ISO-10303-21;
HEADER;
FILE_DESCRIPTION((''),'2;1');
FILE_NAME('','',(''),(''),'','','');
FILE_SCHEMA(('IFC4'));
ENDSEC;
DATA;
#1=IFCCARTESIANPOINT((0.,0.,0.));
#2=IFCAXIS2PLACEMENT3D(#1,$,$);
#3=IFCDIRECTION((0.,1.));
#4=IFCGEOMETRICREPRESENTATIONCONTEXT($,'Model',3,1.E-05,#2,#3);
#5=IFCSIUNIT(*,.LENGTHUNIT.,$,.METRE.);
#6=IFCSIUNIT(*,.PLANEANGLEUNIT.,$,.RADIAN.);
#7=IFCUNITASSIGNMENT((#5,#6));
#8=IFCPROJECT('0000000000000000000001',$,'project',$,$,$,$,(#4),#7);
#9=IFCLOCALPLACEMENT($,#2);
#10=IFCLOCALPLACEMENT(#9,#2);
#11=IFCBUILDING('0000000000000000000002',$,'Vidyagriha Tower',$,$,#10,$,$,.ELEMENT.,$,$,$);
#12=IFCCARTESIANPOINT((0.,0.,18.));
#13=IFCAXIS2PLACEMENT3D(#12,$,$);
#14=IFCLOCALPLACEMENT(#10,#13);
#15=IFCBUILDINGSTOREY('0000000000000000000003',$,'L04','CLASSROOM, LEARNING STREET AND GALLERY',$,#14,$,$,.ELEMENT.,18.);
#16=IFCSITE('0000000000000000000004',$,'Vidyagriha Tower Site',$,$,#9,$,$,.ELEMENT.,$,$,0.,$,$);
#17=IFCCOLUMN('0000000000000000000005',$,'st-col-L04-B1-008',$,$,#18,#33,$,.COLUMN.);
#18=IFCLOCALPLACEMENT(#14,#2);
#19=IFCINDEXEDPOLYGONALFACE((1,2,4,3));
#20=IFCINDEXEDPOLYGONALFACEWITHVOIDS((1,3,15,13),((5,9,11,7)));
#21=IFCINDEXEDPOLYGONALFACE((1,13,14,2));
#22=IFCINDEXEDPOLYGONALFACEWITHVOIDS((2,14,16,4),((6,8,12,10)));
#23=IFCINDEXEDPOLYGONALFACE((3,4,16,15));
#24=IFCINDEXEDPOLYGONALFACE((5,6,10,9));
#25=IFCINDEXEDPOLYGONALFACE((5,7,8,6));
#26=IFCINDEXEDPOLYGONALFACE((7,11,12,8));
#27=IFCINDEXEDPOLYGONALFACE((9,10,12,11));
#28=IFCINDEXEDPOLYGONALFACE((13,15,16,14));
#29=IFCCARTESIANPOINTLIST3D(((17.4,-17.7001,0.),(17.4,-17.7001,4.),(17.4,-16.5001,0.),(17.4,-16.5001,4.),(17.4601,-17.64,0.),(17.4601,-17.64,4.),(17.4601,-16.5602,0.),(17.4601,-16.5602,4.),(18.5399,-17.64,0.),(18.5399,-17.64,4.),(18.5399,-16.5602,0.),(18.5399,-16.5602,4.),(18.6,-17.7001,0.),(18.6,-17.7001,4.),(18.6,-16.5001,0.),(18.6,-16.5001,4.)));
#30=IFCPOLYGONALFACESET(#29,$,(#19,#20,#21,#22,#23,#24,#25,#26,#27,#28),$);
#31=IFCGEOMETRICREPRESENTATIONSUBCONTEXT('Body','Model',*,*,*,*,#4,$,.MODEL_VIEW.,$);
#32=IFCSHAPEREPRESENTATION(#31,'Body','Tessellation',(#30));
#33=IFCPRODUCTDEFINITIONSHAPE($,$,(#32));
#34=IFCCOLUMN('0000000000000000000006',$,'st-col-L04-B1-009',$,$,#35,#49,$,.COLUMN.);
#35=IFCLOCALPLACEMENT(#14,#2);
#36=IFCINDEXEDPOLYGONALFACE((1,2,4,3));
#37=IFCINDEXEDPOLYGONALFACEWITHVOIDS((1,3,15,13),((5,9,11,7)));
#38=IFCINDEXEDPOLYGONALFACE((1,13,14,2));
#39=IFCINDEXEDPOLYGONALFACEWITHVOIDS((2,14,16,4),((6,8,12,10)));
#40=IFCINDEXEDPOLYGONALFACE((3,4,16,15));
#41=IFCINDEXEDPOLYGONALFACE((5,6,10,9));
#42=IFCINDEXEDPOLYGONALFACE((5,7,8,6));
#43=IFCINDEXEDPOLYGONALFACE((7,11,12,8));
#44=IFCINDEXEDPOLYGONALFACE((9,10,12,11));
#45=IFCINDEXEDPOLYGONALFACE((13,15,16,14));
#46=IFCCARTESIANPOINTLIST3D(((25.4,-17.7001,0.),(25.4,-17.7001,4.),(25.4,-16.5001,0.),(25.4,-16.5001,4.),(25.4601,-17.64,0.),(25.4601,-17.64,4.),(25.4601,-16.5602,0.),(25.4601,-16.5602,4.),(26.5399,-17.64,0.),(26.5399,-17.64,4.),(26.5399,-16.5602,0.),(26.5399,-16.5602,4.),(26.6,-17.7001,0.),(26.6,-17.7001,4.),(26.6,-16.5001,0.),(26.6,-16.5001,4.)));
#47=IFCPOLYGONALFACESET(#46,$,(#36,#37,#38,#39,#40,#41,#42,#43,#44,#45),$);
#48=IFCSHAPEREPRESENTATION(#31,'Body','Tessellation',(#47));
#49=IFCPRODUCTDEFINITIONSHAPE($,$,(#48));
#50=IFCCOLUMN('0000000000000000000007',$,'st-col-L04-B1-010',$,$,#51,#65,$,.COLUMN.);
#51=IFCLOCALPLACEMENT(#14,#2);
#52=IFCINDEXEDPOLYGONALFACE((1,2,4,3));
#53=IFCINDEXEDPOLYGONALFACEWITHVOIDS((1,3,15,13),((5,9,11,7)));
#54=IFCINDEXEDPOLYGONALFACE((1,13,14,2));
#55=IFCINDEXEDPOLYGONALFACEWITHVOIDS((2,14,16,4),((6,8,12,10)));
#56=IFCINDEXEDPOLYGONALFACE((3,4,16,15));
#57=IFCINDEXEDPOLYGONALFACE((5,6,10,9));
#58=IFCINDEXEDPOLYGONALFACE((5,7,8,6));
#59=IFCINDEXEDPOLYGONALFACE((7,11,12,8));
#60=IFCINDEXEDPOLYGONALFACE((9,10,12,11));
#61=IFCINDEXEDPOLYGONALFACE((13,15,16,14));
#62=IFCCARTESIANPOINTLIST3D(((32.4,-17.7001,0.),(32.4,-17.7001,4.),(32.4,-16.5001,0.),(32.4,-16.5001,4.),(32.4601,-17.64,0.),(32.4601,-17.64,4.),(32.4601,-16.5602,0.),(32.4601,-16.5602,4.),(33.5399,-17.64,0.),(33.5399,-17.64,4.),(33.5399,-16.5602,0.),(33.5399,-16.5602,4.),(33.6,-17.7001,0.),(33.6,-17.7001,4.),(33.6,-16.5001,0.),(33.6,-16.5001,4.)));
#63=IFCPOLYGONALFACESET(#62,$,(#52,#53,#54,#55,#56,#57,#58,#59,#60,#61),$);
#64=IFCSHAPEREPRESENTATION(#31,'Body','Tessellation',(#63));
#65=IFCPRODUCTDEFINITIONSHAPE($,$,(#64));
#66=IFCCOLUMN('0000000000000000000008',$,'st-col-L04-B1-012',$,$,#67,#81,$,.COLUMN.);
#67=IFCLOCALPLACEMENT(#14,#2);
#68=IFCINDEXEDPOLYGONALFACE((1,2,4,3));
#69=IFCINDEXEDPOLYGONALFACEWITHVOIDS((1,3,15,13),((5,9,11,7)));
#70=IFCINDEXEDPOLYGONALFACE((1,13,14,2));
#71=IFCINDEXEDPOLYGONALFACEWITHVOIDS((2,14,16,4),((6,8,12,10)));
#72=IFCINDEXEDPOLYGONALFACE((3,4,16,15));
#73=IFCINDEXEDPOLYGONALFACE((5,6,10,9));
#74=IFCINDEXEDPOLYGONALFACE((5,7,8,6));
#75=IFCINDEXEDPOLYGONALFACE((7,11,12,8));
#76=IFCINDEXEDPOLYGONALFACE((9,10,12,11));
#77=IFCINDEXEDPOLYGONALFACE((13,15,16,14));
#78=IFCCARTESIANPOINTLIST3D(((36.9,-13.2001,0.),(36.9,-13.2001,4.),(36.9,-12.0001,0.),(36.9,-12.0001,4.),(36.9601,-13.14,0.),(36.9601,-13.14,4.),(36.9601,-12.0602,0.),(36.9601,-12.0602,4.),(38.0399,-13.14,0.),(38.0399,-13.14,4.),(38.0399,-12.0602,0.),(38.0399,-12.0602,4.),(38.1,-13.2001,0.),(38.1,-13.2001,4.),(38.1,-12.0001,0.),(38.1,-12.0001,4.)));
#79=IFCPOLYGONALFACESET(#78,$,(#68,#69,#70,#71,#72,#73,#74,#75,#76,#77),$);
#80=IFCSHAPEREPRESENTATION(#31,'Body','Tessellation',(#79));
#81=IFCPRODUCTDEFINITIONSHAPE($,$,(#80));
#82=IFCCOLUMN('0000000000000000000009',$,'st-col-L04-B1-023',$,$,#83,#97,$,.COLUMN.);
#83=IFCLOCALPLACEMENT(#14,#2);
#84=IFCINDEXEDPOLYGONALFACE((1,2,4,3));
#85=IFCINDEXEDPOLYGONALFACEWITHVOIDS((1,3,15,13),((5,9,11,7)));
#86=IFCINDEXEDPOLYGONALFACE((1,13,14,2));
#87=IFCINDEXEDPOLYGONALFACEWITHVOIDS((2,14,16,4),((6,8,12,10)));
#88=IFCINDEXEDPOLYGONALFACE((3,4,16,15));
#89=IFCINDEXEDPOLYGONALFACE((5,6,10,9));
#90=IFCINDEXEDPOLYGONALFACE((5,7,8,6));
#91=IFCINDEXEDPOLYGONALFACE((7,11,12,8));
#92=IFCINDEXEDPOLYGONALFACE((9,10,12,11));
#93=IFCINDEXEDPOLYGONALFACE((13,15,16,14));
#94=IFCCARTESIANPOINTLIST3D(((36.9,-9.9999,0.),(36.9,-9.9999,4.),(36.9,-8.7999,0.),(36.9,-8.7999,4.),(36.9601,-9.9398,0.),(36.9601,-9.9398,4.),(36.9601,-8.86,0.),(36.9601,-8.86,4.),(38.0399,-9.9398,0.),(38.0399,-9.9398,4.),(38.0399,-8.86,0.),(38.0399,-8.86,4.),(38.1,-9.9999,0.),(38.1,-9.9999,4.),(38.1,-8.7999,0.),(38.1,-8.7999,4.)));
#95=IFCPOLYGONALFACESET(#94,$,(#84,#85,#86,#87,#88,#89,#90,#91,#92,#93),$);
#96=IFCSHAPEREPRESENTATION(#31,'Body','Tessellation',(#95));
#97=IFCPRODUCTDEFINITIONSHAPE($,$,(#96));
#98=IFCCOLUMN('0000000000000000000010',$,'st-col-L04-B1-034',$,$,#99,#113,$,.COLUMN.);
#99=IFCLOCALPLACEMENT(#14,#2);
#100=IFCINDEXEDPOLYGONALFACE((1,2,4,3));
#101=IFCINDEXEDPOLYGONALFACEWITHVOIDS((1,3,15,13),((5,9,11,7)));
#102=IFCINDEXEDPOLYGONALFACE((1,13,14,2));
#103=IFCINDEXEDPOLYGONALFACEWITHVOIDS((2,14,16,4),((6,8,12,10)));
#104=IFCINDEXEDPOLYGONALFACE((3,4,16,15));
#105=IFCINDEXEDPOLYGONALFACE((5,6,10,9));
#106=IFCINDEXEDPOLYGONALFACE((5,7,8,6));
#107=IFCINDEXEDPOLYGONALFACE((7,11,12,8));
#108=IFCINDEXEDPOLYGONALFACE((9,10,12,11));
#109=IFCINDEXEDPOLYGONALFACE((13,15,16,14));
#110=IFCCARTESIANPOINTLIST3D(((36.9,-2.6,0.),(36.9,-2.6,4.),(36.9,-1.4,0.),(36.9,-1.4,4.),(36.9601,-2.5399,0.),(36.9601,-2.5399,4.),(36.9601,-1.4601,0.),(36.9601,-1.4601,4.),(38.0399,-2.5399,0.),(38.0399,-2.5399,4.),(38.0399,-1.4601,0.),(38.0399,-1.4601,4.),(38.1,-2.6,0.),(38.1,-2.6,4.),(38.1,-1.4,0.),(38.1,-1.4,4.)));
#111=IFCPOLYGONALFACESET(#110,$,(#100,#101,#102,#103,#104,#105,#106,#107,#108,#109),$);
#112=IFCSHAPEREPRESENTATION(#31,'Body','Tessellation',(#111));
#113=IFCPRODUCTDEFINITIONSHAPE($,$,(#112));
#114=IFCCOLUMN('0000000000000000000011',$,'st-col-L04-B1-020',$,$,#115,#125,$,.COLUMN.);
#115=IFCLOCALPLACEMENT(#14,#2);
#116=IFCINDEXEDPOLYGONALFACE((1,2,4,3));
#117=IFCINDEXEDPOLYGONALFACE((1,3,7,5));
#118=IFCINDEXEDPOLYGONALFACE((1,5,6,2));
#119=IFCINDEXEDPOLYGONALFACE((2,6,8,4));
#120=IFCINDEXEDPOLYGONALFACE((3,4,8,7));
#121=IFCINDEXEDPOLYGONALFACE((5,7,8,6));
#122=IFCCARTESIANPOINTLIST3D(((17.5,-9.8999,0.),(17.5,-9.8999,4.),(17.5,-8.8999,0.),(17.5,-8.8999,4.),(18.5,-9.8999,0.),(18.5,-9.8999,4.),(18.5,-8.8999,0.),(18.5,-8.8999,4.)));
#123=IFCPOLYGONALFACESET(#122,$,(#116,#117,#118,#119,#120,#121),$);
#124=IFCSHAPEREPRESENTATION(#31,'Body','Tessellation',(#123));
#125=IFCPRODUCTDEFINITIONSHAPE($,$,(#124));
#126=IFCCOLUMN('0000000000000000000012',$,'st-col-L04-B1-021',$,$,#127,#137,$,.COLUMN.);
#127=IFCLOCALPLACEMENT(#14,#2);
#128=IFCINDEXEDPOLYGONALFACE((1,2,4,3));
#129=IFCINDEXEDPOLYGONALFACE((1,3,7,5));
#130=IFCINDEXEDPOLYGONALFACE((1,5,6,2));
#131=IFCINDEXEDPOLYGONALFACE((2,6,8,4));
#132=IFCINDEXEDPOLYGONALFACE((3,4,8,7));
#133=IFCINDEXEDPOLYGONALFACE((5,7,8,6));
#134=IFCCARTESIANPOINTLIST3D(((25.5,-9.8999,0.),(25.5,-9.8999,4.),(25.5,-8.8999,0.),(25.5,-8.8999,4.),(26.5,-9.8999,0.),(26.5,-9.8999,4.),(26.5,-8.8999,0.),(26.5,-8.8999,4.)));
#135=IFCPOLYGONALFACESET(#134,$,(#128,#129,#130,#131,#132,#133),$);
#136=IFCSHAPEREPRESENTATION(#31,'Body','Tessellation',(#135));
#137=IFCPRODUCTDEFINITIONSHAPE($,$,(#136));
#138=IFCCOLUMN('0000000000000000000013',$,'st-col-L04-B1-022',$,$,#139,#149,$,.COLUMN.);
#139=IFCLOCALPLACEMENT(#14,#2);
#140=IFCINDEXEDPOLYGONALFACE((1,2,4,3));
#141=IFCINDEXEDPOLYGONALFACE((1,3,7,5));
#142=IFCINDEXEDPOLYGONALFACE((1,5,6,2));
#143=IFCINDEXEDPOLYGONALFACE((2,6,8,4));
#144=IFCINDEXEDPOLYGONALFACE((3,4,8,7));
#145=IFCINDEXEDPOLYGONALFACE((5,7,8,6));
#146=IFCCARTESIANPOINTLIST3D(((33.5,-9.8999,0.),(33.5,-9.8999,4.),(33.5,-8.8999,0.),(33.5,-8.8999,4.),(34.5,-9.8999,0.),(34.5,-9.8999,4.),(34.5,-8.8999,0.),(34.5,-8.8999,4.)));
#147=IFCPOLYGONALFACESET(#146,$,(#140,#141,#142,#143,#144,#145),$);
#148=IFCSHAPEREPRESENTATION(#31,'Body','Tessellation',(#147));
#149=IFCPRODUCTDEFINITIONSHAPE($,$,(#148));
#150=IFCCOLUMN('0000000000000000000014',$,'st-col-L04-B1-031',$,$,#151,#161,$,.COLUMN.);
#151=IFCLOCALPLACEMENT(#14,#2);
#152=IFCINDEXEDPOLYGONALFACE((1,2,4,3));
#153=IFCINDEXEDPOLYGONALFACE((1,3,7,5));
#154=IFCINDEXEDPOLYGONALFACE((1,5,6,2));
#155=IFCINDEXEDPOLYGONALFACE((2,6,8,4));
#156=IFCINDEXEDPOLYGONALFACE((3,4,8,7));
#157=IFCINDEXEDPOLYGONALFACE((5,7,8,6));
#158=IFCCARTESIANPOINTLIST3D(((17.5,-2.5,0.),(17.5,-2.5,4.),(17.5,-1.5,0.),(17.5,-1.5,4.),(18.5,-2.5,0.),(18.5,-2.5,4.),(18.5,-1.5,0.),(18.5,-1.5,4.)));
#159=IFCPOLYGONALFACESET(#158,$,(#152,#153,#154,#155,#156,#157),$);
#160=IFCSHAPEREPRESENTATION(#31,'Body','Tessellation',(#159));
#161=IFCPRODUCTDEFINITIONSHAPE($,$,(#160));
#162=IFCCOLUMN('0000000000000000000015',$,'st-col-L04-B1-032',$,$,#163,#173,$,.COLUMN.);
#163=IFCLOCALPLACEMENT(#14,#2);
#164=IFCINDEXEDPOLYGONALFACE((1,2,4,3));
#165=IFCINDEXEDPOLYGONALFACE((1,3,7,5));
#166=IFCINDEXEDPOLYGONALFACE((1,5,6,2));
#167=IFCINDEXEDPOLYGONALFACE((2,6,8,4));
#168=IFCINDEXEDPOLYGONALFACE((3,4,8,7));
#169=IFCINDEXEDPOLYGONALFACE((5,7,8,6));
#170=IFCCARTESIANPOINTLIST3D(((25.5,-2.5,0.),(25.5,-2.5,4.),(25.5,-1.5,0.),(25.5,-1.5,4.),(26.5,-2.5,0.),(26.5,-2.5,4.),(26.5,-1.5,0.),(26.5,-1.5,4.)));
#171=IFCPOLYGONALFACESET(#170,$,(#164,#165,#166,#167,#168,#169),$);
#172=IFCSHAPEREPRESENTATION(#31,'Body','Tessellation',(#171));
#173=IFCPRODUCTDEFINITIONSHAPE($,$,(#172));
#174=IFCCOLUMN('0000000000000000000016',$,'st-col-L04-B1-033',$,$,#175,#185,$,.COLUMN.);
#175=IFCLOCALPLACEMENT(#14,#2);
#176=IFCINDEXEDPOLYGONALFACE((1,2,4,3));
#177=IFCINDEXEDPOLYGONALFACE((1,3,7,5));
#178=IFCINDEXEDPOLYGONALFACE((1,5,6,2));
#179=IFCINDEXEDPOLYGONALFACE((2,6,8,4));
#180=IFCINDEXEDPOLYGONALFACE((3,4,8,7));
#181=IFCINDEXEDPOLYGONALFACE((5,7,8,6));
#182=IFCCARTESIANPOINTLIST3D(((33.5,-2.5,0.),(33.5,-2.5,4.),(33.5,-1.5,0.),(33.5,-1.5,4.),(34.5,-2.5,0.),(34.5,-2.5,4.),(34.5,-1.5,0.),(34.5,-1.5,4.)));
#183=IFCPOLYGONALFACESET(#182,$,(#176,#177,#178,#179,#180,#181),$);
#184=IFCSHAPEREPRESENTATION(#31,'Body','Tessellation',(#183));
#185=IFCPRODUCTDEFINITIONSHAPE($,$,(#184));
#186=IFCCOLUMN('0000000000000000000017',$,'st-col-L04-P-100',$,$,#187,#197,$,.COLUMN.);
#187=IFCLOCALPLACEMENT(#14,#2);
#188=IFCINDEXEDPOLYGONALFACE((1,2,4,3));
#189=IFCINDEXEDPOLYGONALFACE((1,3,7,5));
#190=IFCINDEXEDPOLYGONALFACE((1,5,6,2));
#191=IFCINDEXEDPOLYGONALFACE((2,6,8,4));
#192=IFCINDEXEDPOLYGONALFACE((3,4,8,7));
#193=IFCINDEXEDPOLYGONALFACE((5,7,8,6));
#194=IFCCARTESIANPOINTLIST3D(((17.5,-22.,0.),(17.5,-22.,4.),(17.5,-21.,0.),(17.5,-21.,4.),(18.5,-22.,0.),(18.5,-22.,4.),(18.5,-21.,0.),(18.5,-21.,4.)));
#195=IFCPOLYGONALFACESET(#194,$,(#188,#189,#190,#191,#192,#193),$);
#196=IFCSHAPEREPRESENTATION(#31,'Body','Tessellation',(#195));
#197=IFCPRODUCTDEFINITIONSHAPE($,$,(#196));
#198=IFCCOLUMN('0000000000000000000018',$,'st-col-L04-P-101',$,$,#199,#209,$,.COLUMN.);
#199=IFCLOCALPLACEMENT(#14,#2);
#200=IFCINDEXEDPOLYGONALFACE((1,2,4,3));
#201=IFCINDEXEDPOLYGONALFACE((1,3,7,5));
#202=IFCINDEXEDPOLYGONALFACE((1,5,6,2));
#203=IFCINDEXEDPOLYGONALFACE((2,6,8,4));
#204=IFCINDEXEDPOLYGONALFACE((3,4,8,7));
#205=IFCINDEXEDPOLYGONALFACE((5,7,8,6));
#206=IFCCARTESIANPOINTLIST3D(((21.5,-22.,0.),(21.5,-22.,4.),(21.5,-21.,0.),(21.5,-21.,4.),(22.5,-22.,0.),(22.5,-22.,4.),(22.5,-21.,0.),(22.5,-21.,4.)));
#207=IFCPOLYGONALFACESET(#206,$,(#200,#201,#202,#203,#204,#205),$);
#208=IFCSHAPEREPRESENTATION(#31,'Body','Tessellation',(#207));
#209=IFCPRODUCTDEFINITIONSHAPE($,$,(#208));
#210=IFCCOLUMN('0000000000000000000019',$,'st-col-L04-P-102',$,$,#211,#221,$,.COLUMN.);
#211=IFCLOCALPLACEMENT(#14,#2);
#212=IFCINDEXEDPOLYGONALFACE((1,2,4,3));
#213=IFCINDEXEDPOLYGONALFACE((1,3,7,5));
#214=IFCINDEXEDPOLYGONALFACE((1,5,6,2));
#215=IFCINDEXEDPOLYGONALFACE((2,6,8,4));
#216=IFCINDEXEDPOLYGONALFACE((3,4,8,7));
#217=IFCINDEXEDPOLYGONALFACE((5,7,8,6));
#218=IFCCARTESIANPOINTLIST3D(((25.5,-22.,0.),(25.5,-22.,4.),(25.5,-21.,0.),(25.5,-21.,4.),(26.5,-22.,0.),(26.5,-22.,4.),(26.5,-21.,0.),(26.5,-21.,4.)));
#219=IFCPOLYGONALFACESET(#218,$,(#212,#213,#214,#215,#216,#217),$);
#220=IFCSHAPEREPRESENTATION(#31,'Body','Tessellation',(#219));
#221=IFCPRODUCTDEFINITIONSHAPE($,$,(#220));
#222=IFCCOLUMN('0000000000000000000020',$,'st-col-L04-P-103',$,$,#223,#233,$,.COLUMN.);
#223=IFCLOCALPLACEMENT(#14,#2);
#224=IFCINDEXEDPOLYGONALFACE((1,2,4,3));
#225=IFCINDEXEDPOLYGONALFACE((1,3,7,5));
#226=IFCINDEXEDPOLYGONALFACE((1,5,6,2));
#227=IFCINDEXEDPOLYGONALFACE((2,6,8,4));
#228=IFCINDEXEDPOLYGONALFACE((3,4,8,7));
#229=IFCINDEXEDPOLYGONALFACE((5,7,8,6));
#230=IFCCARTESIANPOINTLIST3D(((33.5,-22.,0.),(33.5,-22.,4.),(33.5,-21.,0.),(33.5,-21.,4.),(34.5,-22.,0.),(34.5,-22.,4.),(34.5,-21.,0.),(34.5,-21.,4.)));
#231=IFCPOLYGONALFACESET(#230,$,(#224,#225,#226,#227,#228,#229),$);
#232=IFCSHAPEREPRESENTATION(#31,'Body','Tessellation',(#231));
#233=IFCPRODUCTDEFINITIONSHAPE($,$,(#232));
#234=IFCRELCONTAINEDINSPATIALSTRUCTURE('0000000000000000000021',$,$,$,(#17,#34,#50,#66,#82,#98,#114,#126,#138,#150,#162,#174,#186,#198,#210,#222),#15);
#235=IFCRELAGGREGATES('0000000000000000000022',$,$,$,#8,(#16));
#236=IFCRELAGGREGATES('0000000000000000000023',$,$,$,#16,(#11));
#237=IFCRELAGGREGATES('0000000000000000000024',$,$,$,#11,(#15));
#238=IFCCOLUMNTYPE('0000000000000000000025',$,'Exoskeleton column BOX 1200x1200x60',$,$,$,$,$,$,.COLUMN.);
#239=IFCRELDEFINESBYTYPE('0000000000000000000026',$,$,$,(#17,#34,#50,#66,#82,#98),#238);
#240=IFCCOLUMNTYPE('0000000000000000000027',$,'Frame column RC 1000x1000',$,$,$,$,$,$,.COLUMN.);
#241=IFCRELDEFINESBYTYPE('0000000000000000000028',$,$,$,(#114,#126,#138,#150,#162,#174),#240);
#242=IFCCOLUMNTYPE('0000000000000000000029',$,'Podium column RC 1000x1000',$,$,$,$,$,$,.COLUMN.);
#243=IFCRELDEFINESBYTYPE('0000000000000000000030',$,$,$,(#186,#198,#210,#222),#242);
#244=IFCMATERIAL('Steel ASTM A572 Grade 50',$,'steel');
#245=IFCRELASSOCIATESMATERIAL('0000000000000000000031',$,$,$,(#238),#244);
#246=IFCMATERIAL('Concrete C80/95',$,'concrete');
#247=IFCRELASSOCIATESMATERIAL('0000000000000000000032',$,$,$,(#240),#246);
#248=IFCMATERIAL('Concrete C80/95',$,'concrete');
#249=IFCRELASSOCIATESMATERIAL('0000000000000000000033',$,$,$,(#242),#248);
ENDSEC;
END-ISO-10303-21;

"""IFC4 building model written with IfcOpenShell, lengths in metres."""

from ifc_helpers import new_model, si_unit, direction, frame, origin, origin_2d, place, context, subcontext, project, spatial, rectangle, hollow_rectangle, extrude, material, material_profile, profile_set, type_object, element, save


model = new_model("IFC4")

# Units and contexts
model_context = context("Model", 3, precision=1e-05, world=origin(), true_north=direction((0.0, 1.0)))
body_context = subcontext(model_context, "Body", "Model", "MODEL_VIEW")
ifc_project = project(units=[si_unit("LENGTHUNIT", "METRE"), si_unit("PLANEANGLEUNIT", "RADIAN")], contexts=[model_context])

# Site, building, storey
site_placement = place(None, origin())
site = spatial("IfcSite", under=ifc_project, at=site_placement, Name="Vidyagriha Tower Site", CompositionType="ELEMENT", RefElevation=0.0)
building_placement = place(site_placement, origin())
building = spatial("IfcBuilding", under=site, at=building_placement, Name="Vidyagriha Tower", CompositionType="ELEMENT")
storey_placement = place(building_placement, frame((0.0, 0.0, 18.0)))
storey = spatial("IfcBuildingStorey", under=building, at=storey_placement, Name="L04", Description="CLASSROOM, LEARNING STREET AND GALLERY", CompositionType="ELEMENT", Elevation=18.0)

# Columns
ifc_material_1 = material(Name="Steel ASTM A572 Grade 50", Category="steel")
ifc_material_profile_1 = material_profile(ifc_material_1, hollow_rectangle(XDim=1.2, YDim=1.2, WallThickness=0.0601, at=origin_2d()), Name="BOX 1200x1200x60")
ifc_profile_set_1 = profile_set([ifc_material_profile_1], Name="Steel ASTM A572 Grade 50")
column_type_1 = type_object("IfcColumnType", Name="Exoskeleton column BOX 1200x1200x60", PredefinedType="COLUMN", material=ifc_profile_set_1)
for number, where, name in (
    (1, (18.0, -17.1001, 0.0), "st-col-L04-B1-008"),
    (2, (26.0, -17.1001, 0.0), "st-col-L04-B1-009"),
    (3, (33.0, -17.1001, 0.0), "st-col-L04-B1-010"),
    (4, (37.5, -12.6001, 0.0), "st-col-L04-B1-012"),
    (5, (37.5, -9.3999, 0.0), "st-col-L04-B1-023"),
    (6, (37.5, -2.0, 0.0), "st-col-L04-B1-034"),
):
    element("IfcColumn", number, at=place(storey_placement, frame(where)), inside=storey, type_object=column_type_1, Name=name, PredefinedType="COLUMN", context=body_context, shape_type="SweptSolid", body=[
        extrude(hollow_rectangle(XDim=1.2, YDim=1.2, WallThickness=0.0601, at=origin_2d()), origin(), (0.0, 0.0, 1.0), 4.0),
    ])
ifc_material_2 = material(Name="Concrete C80/95", Category="concrete")
ifc_material_profile_2 = material_profile(ifc_material_2, rectangle(XDim=1.0, YDim=1.0, at=origin_2d()), Name="RC 1000x1000")
ifc_profile_set_2 = profile_set([ifc_material_profile_2], Name="Concrete C80/95")
column_type_2 = type_object("IfcColumnType", Name="Frame column RC 1000x1000", PredefinedType="COLUMN", material=ifc_profile_set_2)
for number, where, name in (
    (7, (18.0, -9.3999, 0.0), "st-col-L04-B1-020"),
    (8, (26.0, -9.3999, 0.0), "st-col-L04-B1-021"),
    (9, (34.0, -9.3999, 0.0), "st-col-L04-B1-022"),
    (10, (18.0, -2.0, 0.0), "st-col-L04-B1-031"),
    (11, (26.0, -2.0, 0.0), "st-col-L04-B1-032"),
    (12, (34.0, -2.0, 0.0), "st-col-L04-B1-033"),
):
    element("IfcColumn", number, at=place(storey_placement, frame(where)), inside=storey, type_object=column_type_2, Name=name, PredefinedType="COLUMN", context=body_context, shape_type="SweptSolid", body=[
        extrude(rectangle(XDim=1.0, YDim=1.0, at=origin_2d()), origin(), (0.0, 0.0, 1.0), 4.0),
    ])
ifc_material_3 = material(Name="Concrete C80/95", Category="concrete")
ifc_material_profile_3 = material_profile(ifc_material_3, rectangle(XDim=1.0, YDim=1.0, at=origin_2d()), Name="RC 1000x1000")
ifc_profile_set_3 = profile_set([ifc_material_profile_3], Name="Concrete C80/95")
column_type_3 = type_object("IfcColumnType", Name="Podium column RC 1000x1000", PredefinedType="COLUMN", material=ifc_profile_set_3)
for number, where, name in (
    (13, (18.0, -21.5, 0.0), "st-col-L04-P-100"),
    (14, (22.0, -21.5, 0.0), "st-col-L04-P-101"),
    (15, (26.0, -21.5, 0.0), "st-col-L04-P-102"),
    (16, (34.0, -21.5, 0.0), "st-col-L04-P-103"),
):
    element("IfcColumn", number, at=place(storey_placement, frame(where)), inside=storey, type_object=column_type_3, Name=name, PredefinedType="COLUMN", context=body_context, shape_type="SweptSolid", body=[
        extrude(rectangle(XDim=1.0, YDim=1.0, at=origin_2d()), origin(), (0.0, 0.0, 1.0), 4.0),
    ])

save(model, "model.ifc")
